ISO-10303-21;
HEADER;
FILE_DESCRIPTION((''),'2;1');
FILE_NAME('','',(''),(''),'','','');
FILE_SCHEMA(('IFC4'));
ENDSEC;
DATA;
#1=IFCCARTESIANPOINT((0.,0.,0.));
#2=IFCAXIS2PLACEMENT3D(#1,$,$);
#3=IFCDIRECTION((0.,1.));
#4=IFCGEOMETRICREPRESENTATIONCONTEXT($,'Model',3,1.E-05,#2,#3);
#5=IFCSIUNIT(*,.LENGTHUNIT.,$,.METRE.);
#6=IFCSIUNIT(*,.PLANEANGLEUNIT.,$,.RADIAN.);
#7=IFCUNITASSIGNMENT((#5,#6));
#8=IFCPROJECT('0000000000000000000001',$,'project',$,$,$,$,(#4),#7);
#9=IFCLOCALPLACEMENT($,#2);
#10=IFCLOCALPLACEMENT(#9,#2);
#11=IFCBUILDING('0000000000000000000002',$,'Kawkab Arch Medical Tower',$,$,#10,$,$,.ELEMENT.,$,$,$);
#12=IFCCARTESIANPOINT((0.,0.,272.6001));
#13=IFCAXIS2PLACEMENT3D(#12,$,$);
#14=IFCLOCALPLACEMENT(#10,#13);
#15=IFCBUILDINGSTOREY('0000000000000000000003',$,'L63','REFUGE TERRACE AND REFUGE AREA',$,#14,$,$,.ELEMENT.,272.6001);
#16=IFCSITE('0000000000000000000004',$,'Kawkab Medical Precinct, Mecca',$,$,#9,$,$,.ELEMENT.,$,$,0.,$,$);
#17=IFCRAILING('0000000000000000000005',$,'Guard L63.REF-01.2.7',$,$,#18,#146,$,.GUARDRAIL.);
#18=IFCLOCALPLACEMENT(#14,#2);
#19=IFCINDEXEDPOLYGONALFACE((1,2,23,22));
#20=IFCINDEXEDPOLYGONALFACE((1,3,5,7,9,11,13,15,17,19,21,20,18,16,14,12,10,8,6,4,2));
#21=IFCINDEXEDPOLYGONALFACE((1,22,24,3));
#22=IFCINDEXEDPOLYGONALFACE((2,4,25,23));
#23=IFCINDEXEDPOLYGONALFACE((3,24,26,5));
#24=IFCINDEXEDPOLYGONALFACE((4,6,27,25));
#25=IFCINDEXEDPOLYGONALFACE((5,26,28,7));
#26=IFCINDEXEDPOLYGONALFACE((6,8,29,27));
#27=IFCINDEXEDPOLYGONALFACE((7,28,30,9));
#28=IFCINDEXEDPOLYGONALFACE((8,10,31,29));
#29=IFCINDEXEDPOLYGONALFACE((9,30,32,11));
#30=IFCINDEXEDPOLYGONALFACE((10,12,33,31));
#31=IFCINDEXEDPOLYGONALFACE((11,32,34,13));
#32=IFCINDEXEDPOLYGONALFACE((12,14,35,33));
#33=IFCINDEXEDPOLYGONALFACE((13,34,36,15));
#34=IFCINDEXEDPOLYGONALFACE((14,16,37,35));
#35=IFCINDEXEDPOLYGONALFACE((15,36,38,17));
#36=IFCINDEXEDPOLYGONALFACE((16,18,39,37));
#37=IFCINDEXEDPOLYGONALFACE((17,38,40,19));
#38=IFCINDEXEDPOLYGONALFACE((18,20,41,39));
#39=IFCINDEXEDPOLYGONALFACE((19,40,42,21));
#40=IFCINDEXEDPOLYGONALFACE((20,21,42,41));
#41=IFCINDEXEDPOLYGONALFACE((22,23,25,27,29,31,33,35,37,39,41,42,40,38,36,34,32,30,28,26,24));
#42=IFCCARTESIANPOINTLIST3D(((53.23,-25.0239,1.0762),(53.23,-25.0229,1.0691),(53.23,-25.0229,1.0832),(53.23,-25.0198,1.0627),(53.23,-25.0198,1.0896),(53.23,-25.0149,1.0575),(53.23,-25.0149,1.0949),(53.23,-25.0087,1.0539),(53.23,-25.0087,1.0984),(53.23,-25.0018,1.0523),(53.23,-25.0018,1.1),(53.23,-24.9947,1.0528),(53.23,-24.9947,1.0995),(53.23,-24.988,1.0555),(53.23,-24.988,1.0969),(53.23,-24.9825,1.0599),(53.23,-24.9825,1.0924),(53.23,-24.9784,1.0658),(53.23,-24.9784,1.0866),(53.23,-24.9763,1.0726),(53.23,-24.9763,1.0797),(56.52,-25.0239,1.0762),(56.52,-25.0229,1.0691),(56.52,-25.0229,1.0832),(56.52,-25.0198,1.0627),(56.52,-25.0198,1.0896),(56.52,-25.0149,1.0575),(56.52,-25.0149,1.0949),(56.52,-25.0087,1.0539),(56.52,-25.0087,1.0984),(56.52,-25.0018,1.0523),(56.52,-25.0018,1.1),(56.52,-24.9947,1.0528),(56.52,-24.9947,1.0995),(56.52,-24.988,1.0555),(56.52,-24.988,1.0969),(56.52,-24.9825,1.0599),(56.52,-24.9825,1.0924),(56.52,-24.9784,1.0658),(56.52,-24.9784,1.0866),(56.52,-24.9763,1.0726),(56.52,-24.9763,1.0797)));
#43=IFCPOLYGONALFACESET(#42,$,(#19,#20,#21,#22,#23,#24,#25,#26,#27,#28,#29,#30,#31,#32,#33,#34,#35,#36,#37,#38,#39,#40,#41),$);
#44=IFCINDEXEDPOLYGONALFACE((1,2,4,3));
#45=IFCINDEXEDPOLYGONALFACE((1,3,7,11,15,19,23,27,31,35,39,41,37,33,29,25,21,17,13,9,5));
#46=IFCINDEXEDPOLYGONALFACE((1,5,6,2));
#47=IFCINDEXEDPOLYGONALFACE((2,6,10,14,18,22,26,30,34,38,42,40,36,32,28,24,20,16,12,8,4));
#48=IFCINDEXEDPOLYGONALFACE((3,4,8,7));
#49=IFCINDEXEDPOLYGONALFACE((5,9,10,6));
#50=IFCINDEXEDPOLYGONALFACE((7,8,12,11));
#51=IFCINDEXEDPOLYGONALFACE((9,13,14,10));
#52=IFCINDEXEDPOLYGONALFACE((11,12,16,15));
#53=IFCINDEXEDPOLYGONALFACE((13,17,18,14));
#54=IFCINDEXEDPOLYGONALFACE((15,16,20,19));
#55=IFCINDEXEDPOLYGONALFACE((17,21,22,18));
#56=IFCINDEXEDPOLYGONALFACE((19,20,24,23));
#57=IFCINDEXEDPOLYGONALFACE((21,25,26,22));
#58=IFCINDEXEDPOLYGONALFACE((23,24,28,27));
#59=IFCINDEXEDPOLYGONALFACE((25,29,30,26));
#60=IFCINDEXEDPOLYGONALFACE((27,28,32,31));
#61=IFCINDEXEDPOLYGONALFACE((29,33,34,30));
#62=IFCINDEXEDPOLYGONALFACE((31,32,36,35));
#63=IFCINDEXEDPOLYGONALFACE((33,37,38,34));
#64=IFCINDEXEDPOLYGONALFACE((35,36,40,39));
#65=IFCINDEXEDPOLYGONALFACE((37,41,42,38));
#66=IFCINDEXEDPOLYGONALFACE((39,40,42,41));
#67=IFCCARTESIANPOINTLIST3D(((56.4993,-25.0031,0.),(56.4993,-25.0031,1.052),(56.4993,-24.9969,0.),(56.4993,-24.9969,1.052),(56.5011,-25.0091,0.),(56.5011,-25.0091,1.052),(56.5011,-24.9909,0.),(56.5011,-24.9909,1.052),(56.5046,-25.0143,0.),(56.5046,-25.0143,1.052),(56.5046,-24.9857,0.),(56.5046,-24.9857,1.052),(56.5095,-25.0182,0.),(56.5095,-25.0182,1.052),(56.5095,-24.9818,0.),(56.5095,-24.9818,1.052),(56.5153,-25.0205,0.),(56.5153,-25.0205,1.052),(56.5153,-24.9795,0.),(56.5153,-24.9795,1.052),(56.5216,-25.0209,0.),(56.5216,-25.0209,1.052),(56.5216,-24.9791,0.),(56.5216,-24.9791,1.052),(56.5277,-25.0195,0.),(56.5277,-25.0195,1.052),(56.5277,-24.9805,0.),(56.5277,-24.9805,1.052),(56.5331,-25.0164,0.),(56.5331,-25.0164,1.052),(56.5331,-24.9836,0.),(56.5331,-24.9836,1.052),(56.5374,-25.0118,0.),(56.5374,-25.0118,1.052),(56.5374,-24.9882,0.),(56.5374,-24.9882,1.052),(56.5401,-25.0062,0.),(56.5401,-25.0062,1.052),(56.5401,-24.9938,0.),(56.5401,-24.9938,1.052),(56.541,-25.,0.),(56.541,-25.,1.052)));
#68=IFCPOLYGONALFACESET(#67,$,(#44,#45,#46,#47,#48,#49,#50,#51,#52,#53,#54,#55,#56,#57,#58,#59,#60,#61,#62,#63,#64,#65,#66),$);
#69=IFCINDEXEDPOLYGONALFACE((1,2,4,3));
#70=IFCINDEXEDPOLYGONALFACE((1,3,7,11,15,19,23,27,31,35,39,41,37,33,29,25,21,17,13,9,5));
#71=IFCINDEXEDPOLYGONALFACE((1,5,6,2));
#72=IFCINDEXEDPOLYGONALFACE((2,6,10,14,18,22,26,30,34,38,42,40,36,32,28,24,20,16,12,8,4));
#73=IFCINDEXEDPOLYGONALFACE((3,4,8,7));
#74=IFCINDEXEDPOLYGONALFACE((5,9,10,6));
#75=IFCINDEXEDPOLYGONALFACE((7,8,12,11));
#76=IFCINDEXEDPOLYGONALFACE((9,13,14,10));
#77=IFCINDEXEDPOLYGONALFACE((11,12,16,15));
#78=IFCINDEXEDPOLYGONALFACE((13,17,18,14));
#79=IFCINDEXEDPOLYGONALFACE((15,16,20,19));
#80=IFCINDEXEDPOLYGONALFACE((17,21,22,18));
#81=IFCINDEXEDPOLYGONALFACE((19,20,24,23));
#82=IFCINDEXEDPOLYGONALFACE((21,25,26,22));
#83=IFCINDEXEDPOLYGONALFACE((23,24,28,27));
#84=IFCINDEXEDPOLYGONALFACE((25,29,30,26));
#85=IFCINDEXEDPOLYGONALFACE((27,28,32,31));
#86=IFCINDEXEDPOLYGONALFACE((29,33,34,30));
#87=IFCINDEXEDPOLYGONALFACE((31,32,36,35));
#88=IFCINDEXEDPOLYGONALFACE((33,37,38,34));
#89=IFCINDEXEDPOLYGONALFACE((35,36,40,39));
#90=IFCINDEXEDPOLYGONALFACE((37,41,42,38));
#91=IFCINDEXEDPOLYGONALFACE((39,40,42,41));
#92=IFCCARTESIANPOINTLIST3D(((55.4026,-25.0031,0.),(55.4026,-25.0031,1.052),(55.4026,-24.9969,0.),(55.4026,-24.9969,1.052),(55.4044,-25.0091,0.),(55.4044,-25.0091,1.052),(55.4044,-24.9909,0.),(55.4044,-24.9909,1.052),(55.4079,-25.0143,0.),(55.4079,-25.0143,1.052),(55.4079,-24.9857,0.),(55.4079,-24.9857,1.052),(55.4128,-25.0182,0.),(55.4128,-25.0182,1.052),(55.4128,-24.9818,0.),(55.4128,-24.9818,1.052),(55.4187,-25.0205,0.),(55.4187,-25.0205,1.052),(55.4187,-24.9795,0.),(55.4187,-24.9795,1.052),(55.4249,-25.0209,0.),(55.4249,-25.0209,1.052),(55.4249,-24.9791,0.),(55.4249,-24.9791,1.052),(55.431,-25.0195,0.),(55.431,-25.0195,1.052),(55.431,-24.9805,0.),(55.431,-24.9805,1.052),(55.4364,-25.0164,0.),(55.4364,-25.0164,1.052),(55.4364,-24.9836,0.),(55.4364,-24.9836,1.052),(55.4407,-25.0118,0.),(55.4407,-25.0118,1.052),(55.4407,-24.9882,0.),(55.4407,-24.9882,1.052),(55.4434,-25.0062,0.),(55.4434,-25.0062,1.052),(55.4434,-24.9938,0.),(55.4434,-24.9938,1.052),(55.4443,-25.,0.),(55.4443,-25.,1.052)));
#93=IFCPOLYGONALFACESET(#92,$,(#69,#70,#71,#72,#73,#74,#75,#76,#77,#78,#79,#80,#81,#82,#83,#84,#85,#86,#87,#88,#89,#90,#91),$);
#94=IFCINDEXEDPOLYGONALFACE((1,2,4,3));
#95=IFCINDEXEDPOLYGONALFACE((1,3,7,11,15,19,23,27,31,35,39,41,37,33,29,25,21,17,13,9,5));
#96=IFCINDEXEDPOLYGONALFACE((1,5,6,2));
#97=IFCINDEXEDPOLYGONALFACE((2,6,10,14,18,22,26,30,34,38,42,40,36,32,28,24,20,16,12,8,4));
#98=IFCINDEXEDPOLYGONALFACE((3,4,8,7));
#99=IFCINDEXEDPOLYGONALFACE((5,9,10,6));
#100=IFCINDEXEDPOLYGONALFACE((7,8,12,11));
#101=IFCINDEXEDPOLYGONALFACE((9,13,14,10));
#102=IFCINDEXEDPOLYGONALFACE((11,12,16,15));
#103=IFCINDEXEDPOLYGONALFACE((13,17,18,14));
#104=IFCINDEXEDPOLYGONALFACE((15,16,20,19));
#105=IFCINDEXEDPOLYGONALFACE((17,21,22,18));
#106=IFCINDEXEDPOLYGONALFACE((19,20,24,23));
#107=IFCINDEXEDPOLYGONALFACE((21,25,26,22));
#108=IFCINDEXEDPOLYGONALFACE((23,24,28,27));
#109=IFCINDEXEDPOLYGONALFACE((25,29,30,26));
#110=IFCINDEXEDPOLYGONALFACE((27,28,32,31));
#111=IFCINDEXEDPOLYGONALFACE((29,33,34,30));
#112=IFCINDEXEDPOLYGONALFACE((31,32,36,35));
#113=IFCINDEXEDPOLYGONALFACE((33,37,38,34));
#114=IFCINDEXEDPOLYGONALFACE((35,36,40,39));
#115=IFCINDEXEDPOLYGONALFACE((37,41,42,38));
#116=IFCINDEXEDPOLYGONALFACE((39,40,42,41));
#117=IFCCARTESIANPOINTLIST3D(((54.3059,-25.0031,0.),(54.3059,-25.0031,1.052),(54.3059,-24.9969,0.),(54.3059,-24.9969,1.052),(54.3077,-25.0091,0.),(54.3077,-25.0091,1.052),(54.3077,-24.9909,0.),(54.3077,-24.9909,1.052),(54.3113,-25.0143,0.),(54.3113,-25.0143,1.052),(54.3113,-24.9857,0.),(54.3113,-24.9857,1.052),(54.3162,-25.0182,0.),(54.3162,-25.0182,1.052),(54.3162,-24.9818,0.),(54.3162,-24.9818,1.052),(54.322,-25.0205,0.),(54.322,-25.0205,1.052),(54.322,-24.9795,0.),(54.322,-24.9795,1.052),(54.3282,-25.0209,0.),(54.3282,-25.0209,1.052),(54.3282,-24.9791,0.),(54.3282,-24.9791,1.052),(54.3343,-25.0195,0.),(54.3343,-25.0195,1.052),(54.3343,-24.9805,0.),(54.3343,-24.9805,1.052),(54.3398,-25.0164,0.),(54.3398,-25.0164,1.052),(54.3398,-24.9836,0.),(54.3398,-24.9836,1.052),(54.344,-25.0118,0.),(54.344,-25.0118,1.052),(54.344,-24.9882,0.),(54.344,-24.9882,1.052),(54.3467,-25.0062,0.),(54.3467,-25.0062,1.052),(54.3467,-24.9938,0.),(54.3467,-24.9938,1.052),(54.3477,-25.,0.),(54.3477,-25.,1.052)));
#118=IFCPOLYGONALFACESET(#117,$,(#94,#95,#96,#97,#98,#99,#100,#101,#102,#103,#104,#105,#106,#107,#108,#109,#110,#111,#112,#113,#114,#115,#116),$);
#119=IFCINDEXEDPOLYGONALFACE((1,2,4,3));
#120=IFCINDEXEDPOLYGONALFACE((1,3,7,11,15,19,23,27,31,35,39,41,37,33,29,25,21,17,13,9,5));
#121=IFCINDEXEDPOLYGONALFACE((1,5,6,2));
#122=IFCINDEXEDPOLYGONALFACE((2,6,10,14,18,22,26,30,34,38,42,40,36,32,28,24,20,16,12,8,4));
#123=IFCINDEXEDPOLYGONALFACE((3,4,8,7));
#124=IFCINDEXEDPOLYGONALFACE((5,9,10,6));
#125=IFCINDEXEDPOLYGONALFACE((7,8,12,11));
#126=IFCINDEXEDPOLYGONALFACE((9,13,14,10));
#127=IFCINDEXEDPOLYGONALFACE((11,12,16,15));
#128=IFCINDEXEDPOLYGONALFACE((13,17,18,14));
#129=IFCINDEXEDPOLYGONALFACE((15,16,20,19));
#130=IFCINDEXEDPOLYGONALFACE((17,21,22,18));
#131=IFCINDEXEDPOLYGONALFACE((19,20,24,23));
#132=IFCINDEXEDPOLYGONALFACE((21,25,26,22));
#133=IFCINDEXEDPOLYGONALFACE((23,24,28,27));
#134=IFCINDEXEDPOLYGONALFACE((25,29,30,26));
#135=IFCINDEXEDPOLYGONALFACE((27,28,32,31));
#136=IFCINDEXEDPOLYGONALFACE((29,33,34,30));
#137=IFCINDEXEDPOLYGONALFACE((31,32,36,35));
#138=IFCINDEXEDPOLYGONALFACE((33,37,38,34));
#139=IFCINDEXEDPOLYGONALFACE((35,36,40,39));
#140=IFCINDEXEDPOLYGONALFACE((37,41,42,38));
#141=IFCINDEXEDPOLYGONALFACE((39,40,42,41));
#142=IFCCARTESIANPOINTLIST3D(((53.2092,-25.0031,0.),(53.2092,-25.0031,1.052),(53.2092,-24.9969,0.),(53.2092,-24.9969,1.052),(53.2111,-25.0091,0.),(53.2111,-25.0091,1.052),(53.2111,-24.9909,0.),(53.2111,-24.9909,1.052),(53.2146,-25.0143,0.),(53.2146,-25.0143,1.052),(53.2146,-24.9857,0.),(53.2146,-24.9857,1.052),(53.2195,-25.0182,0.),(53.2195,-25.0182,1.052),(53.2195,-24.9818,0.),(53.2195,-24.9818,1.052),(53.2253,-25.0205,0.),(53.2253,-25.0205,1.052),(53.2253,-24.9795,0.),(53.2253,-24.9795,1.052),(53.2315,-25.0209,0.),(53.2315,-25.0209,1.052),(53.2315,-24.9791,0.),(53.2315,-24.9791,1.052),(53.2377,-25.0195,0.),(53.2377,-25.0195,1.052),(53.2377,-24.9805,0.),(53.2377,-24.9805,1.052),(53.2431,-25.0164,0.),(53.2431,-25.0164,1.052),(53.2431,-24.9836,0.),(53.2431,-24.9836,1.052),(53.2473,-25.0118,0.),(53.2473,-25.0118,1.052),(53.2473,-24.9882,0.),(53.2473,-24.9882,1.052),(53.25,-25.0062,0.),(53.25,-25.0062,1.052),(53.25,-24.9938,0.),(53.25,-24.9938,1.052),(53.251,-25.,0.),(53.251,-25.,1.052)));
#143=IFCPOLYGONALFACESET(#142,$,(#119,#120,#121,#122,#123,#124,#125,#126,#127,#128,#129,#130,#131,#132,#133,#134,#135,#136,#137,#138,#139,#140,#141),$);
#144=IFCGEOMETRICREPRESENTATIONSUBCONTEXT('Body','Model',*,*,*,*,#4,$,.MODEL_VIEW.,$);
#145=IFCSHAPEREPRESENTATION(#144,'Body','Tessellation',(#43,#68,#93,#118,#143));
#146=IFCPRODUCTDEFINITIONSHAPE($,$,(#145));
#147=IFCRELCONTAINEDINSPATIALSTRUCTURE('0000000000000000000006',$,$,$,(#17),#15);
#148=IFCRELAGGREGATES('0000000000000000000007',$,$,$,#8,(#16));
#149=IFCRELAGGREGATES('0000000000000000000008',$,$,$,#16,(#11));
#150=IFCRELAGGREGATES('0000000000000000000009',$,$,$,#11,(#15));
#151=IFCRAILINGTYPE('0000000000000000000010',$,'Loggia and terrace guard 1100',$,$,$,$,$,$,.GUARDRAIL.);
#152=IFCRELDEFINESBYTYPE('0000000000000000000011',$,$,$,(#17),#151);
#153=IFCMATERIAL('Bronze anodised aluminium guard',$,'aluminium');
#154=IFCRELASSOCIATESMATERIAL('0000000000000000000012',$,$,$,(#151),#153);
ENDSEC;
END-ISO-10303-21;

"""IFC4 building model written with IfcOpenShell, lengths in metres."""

from ifc_helpers import new_model, si_unit, direction, frame, origin, origin_2d, place, context, subcontext, project, spatial, circle, extrude, material, type_object, element, save


model = new_model("IFC4")

# Units and contexts
model_context = context("Model", 3, precision=1e-05, world=origin(), true_north=direction((0.0, 1.0)))
body_context = subcontext(model_context, "Body", "Model", "MODEL_VIEW")
ifc_project = project(units=[si_unit("LENGTHUNIT", "METRE"), si_unit("PLANEANGLEUNIT", "RADIAN")], contexts=[model_context])

# Site, building, storey
site_placement = place(None, origin())
site = spatial("IfcSite", under=ifc_project, at=site_placement, Name="Kawkab Medical Precinct, Mecca", CompositionType="ELEMENT", RefElevation=0.0)
building_placement = place(site_placement, origin())
building = spatial("IfcBuilding", under=site, at=building_placement, Name="Kawkab Arch Medical Tower", CompositionType="ELEMENT")
storey_placement = place(building_placement, frame((0.0, 0.0, 272.6001)))
storey = spatial("IfcBuildingStorey", under=building, at=storey_placement, Name="L63", Description="REFUGE TERRACE AND REFUGE AREA", CompositionType="ELEMENT", Elevation=272.6001)

# Railing
ifc_material_1 = material(Name="Bronze anodised aluminium guard", Category="aluminium")
railing_type = type_object("IfcRailingType", Name="Loggia and terrace guard 1100", PredefinedType="GUARDRAIL", material=ifc_material_1)
railing_1_placement = place(storey_placement, frame((56.52, -25.0, 0.0)))
element("IfcRailing", 1, at=railing_1_placement, inside=storey, type_object=railing_type, Name="Guard L63.REF-01.2.7", PredefinedType="GUARDRAIL", context=body_context, shape_type="SweptSolid", body=[
    extrude(circle(Radius=0.0239, at=origin_2d()), frame((0.0, 0.0, 1.0762), z_axis=(-1.0, 0.0, 0.0), x_axis=(0.0, -1.0, 0.0)), (0.0, 0.0, 1.0), 3.29),
    extrude(circle(Radius=0.021, at=origin_2d()), origin(), (0.0, 0.0, 1.0), 1.052),
    extrude(circle(Radius=0.021, at=origin_2d()), frame((-1.0967, 0.0, 0.0)), (0.0, 0.0, 1.0), 1.052),
    extrude(circle(Radius=0.021, at=origin_2d()), frame((-2.1934, 0.0, 0.0)), (0.0, 0.0, 1.0), 1.052),
    extrude(circle(Radius=0.021, at=origin_2d()), frame((-3.29, 0.0, 0.0)), (0.0, 0.0, 1.0), 1.052),
])

save(model, "model.ifc")
